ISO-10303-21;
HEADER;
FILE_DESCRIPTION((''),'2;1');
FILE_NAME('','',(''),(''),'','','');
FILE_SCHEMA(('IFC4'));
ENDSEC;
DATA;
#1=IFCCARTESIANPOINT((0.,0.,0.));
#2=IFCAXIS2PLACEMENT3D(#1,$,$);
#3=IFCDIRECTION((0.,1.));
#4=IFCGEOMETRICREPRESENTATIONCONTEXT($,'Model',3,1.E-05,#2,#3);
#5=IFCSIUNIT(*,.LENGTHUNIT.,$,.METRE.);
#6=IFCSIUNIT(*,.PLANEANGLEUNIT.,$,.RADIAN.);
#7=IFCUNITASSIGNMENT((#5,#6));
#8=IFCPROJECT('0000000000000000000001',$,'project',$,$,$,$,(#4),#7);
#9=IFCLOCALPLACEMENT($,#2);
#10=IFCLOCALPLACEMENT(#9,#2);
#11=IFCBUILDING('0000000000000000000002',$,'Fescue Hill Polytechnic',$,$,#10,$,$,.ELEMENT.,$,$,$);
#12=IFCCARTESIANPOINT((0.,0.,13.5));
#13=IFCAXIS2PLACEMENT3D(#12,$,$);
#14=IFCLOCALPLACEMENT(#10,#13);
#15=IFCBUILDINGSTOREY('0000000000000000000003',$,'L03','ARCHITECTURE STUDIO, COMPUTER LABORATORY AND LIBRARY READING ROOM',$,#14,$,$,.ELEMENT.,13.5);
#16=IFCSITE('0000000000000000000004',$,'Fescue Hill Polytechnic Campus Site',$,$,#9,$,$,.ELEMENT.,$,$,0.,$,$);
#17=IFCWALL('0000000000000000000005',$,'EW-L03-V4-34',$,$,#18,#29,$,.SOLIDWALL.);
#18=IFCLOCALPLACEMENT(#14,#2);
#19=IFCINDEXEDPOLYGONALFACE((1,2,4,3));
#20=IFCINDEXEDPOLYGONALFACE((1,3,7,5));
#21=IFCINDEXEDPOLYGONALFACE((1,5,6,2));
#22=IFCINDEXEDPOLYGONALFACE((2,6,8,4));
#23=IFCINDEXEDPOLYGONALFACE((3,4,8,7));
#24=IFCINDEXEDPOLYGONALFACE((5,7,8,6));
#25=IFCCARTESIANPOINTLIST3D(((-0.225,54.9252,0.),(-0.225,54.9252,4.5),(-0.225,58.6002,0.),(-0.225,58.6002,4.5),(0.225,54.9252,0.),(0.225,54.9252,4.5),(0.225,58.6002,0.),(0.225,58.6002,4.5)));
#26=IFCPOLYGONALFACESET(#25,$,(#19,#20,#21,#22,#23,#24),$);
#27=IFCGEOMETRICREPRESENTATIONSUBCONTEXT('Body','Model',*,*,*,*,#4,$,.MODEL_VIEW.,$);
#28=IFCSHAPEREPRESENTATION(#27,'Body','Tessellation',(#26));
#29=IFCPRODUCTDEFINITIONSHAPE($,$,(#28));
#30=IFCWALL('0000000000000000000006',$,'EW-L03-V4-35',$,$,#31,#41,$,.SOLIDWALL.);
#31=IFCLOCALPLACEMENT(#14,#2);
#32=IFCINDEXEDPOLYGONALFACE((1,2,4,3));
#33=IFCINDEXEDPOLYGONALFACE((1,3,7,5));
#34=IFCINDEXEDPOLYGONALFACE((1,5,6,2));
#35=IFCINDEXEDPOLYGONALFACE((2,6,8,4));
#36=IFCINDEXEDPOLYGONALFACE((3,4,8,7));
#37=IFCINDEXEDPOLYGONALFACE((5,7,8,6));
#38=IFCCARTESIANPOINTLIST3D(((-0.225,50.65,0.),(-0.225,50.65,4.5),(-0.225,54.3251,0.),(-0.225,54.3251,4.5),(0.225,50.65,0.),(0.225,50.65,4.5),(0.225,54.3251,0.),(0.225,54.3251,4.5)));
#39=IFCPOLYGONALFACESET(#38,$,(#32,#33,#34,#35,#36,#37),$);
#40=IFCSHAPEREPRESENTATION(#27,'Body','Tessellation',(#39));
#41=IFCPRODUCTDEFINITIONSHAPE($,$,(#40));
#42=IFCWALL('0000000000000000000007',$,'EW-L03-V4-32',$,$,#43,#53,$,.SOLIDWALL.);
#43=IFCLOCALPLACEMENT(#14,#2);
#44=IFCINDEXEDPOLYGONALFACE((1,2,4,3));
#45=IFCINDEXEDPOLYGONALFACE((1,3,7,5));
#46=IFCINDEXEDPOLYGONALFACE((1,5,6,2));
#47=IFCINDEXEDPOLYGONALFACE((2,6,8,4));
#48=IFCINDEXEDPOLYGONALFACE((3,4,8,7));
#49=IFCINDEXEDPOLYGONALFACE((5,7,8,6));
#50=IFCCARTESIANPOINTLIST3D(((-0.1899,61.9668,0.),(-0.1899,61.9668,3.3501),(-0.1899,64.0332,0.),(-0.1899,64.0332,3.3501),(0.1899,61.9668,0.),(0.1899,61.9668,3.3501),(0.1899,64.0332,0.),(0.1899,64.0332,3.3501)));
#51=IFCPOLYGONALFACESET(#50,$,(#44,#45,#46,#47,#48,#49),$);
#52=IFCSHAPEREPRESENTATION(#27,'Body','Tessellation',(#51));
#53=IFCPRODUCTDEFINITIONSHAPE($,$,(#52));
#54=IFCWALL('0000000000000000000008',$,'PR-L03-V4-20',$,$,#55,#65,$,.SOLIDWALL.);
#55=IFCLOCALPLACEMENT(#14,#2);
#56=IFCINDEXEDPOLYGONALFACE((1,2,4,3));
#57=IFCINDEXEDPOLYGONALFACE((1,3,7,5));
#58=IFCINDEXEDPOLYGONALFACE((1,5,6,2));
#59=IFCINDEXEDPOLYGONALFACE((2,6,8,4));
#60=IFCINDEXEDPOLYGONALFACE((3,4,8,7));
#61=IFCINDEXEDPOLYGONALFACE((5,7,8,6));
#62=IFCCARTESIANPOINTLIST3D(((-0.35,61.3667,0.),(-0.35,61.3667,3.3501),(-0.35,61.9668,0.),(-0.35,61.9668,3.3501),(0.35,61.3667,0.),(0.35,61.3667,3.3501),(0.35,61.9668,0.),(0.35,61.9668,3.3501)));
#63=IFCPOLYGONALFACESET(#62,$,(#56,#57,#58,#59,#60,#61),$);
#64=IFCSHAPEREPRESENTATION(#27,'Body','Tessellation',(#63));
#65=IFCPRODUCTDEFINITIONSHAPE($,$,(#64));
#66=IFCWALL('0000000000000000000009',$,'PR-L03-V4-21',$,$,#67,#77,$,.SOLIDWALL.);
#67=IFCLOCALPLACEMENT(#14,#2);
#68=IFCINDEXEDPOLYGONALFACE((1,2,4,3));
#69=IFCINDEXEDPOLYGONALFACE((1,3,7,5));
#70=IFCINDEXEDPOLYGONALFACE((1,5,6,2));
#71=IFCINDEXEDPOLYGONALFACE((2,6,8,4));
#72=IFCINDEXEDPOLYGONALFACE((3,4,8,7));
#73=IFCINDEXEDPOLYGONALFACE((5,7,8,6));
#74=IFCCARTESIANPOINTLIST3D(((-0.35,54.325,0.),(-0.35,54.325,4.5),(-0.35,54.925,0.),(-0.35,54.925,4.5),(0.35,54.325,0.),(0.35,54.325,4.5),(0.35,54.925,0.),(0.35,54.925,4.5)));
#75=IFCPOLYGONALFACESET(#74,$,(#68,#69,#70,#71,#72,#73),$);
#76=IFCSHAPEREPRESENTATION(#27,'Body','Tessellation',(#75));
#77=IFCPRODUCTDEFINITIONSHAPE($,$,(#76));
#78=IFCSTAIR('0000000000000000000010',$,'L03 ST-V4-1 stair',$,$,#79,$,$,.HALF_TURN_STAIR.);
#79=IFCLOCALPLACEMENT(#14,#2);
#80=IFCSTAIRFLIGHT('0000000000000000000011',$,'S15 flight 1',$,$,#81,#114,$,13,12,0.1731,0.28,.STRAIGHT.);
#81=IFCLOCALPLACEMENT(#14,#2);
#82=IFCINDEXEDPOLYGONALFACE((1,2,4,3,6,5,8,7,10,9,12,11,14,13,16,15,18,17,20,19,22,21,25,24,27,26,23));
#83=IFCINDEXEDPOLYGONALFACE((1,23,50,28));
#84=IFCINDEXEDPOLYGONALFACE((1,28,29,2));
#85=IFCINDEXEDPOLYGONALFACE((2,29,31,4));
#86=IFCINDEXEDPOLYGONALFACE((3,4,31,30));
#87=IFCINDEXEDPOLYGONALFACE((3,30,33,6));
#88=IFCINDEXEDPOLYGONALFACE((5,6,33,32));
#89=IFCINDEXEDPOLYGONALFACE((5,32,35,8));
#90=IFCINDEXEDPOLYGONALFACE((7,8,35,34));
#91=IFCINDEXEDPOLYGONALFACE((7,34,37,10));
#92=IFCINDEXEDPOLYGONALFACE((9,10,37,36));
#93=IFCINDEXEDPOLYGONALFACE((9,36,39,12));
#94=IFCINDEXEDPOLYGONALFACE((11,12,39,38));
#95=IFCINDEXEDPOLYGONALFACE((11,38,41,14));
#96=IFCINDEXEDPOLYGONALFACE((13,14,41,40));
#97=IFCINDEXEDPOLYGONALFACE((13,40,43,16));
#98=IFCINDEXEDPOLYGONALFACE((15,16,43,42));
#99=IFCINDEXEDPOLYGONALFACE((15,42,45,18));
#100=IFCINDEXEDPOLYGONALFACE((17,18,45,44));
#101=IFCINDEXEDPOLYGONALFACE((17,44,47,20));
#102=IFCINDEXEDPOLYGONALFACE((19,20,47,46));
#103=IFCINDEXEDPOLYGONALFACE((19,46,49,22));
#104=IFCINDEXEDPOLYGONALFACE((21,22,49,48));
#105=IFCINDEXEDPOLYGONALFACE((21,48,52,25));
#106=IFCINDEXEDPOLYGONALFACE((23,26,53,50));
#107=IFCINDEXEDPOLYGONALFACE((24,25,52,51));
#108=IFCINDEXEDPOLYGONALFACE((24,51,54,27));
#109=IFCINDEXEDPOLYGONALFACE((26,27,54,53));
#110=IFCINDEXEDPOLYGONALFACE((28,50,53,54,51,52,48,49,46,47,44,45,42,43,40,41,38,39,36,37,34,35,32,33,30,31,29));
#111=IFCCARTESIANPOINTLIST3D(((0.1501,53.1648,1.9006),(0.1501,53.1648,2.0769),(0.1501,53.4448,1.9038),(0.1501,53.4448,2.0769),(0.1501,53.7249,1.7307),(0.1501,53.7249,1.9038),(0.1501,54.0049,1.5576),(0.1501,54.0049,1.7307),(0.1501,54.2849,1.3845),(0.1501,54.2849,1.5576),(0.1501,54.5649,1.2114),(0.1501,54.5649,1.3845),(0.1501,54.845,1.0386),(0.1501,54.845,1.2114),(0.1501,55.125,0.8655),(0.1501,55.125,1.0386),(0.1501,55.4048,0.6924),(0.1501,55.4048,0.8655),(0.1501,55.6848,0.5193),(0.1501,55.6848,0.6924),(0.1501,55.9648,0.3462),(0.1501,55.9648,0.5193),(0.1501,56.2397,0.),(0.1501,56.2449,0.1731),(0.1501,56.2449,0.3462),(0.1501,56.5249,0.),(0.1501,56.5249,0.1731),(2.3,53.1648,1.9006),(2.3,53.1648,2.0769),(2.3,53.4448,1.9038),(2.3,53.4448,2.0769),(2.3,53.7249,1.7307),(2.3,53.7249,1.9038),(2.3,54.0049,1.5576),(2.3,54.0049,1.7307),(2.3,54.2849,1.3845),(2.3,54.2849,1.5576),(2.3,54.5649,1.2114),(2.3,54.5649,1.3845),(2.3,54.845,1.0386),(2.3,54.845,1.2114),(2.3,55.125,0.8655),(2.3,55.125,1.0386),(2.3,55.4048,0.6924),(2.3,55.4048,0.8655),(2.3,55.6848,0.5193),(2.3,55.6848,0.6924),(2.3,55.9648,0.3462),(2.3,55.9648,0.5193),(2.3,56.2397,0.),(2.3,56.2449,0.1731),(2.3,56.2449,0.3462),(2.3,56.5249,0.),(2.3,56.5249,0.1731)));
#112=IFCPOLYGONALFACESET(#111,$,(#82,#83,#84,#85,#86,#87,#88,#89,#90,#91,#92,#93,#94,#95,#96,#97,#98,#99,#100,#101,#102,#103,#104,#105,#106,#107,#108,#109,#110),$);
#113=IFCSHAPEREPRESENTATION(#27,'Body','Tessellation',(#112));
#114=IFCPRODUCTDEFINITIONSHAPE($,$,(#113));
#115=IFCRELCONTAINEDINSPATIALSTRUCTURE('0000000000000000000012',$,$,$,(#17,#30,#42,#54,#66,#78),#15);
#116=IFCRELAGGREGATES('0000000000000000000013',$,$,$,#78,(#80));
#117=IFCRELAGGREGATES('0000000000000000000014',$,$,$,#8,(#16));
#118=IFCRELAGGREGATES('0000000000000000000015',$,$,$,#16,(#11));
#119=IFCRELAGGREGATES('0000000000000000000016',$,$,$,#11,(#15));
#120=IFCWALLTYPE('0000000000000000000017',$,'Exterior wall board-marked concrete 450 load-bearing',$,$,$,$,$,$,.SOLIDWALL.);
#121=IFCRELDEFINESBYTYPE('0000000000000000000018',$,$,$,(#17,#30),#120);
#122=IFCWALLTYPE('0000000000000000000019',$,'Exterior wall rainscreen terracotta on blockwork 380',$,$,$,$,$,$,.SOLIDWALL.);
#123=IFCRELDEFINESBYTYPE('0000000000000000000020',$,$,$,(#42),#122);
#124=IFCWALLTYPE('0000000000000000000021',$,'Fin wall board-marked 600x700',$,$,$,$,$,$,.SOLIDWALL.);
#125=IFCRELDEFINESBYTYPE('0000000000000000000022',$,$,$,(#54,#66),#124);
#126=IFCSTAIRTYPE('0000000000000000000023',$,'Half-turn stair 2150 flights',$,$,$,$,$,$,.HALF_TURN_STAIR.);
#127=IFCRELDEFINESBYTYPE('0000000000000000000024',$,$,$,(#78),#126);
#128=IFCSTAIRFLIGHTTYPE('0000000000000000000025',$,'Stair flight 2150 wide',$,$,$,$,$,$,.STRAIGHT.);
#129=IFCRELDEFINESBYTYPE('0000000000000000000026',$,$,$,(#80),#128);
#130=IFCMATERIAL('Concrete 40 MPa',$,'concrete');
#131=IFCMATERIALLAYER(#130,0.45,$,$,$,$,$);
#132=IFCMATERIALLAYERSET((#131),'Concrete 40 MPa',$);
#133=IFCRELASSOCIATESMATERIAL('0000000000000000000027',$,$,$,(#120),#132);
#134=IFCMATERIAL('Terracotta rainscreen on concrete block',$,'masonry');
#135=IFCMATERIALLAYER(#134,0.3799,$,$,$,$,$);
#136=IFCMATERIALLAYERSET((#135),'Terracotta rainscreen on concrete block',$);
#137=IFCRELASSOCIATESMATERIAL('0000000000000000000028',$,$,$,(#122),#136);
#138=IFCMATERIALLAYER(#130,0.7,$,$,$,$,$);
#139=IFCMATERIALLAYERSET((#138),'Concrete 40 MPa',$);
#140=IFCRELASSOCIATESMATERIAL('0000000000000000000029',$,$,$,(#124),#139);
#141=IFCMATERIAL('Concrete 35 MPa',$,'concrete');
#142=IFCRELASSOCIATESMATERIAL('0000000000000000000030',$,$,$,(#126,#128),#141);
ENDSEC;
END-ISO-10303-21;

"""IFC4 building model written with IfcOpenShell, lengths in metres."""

from ifc_helpers import new_model, si_unit, direction, frame, frame_2d, origin, place, context, subcontext, project, spatial, polyline, rectangle, outline, extrude, material, layer, layer_set, type_object, element, aggregate, save


model = new_model("IFC4")

# Units and contexts
model_context = context("Model", 3, precision=1e-05, world=origin(), true_north=direction((0.0, 1.0)))
body_context = subcontext(model_context, "Body", "Model", "MODEL_VIEW")
ifc_project = project(units=[si_unit("LENGTHUNIT", "METRE"), si_unit("PLANEANGLEUNIT", "RADIAN")], contexts=[model_context])

# Site, building, storey
site_placement = place(None, origin())
site = spatial("IfcSite", under=ifc_project, at=site_placement, Name="Fescue Hill Polytechnic Campus Site", CompositionType="ELEMENT", RefElevation=0.0)
building_placement = place(site_placement, origin())
building = spatial("IfcBuilding", under=site, at=building_placement, Name="Fescue Hill Polytechnic", CompositionType="ELEMENT")
storey_placement = place(building_placement, frame((0.0, 0.0, 13.5)))
storey = spatial("IfcBuildingStorey", under=building, at=storey_placement, Name="L03", Description="ARCHITECTURE STUDIO, COMPUTER LABORATORY AND LIBRARY READING ROOM", CompositionType="ELEMENT", Elevation=13.5)

# Shared definitions
ifc_material_1 = material(Name="Concrete 40 MPa", Category="concrete")

# Shared definitions
ifc_material_2 = material(Name="Concrete 35 MPa", Category="concrete")

# Walls
ifc_layer_1 = layer(ifc_material_1, 0.45)
ifc_layer_set_1 = layer_set([ifc_layer_1], Name="Concrete 40 MPa")
wall_type_1 = type_object("IfcWallType", Name="Exterior wall board-marked concrete 450 load-bearing", PredefinedType="SOLIDWALL", material=ifc_layer_set_1)
for number, where, z_axis, x_axis, name in (
    (1, (0.0, 58.6001, 0.0), (0.0, 0.0, 1.0), (0.0, -1.0, 0.0), "EW-L03-V4-34"),
    (2, (0.0, 54.325, 0.0), (0.0, 0.0, 1.0), (0.0, -1.0, 0.0), "EW-L03-V4-35"),
):
    element("IfcWall", number, at=place(storey_placement, frame(where, z_axis=z_axis, x_axis=x_axis)), inside=storey, type_object=wall_type_1, Name=name, PredefinedType="SOLIDWALL", context=body_context, shape_type="SweptSolid", body=[
        extrude(rectangle(XDim=3.675, YDim=0.45, at=frame_2d((1.8374, 0.0))), origin(), (0.0, 0.0, 1.0), 4.5),
    ])
ifc_material_3 = material(Name="Terracotta rainscreen on concrete block", Category="masonry")
ifc_layer_2 = layer(ifc_material_3, 0.3799)
ifc_layer_set_2 = layer_set([ifc_layer_2], Name="Terracotta rainscreen on concrete block")
wall_type_2 = type_object("IfcWallType", Name="Exterior wall rainscreen terracotta on blockwork 380", PredefinedType="SOLIDWALL", material=ifc_layer_set_2)
wall_1_placement = place(storey_placement, frame((0.0, 64.0332, 0.0), z_axis=(0.0, 0.0, 1.0), x_axis=(0.0, -1.0, 0.0)))
element("IfcWall", 3, at=wall_1_placement, inside=storey, type_object=wall_type_2, Name="EW-L03-V4-32", PredefinedType="SOLIDWALL", context=body_context, shape_type="SweptSolid", body=[
    extrude(rectangle(XDim=2.0664, YDim=0.3799, at=frame_2d((1.0332, 0.0))), origin(), (0.0, 0.0, 1.0), 3.3501),
])
ifc_layer_3 = layer(ifc_material_1, 0.7)
ifc_layer_set_3 = layer_set([ifc_layer_3], Name="Concrete 40 MPa")
wall_type_3 = type_object("IfcWallType", Name="Fin wall board-marked 600x700", PredefinedType="SOLIDWALL", material=ifc_layer_set_3)
wall_2_placement = place(storey_placement, frame((0.0, 61.9668, 0.0), z_axis=(0.0, 0.0, 1.0), x_axis=(0.0, -1.0, 0.0)))
element("IfcWall", 4, at=wall_2_placement, inside=storey, type_object=wall_type_3, Name="PR-L03-V4-20", PredefinedType="SOLIDWALL", context=body_context, shape_type="SweptSolid", body=[
    extrude(rectangle(XDim=0.6001, YDim=0.7, at=frame_2d((0.3, 0.0))), origin(), (0.0, 0.0, 1.0), 3.3501),
])
wall_3_placement = place(storey_placement, frame((0.0, 54.925, 0.0), z_axis=(0.0, 0.0, 1.0), x_axis=(0.0, -1.0, 0.0)))
element("IfcWall", 5, at=wall_3_placement, inside=storey, type_object=wall_type_3, Name="PR-L03-V4-21", PredefinedType="SOLIDWALL", context=body_context, shape_type="SweptSolid", body=[
    extrude(rectangle(XDim=0.6001, YDim=0.7, at=frame_2d((0.3, 0.0))), origin(), (0.0, 0.0, 1.0), 4.5),
])

# Stair, stair flight
stair_type = type_object("IfcStairType", Name="Half-turn stair 2150 flights", PredefinedType="HALF_TURN_STAIR", material=ifc_material_2)
stair_placement = place(storey_placement, origin())
stair = element("IfcStair", 6, at=stair_placement, inside=storey, type_object=stair_type, Name="L03 ST-V4-1 stair", PredefinedType="HALF_TURN_STAIR")
stair_flight_type = type_object("IfcStairFlightType", Name="Stair flight 2150 wide", PredefinedType="STRAIGHT", material=ifc_material_2)
stair_flight_placement = place(storey_placement, frame((1.2251, 56.5249, 0.0), z_axis=(0.0, 0.0, 1.0), x_axis=(0.0, -1.0, 0.0)))
stair_flight = element("IfcStairFlight", 7, at=stair_flight_placement, type_object=stair_flight_type, Name="S15 flight 1", NumberOfRisers=13, NumberOfTreads=12, PredefinedType="STRAIGHT", RiserHeight=0.1731, TreadLength=0.28, context=body_context, shape_type="SweptSolid", body=[
    extrude(outline(polyline([(0.0, 0.0), (0.0, 0.1731), (0.28, 0.1731), (0.28, 0.3462), (0.5601, 0.3462), (0.5601, 0.5193), (0.8401, 0.5193), (0.8401, 0.6924), (1.1201, 0.6924), (1.1201, 0.8655), (1.3999, 0.8655), (1.3999, 1.0386), (1.6799, 1.0386), (1.6799, 1.2114), (1.96, 1.2114), (1.96, 1.3845), (2.24, 1.3845), (2.24, 1.5576), (2.52, 1.5576), (2.52, 1.7307), (2.8, 1.7307), (2.8, 1.9038), (3.0801, 1.9038), (3.0801, 2.0769), (3.3601, 2.0769), (3.3601, 2.25), (3.3601, 1.9006), (0.2852, 0.0), (0.0, 0.0)])), frame((0.0, 1.075, 0.0), z_axis=(0.0, -1.0, 0.0), x_axis=(1.0, 0.0, 0.0)), (0.0, 0.0, 1.0), 2.1499),
])
aggregate(stair, [stair_flight])

save(model, "model.ifc")
